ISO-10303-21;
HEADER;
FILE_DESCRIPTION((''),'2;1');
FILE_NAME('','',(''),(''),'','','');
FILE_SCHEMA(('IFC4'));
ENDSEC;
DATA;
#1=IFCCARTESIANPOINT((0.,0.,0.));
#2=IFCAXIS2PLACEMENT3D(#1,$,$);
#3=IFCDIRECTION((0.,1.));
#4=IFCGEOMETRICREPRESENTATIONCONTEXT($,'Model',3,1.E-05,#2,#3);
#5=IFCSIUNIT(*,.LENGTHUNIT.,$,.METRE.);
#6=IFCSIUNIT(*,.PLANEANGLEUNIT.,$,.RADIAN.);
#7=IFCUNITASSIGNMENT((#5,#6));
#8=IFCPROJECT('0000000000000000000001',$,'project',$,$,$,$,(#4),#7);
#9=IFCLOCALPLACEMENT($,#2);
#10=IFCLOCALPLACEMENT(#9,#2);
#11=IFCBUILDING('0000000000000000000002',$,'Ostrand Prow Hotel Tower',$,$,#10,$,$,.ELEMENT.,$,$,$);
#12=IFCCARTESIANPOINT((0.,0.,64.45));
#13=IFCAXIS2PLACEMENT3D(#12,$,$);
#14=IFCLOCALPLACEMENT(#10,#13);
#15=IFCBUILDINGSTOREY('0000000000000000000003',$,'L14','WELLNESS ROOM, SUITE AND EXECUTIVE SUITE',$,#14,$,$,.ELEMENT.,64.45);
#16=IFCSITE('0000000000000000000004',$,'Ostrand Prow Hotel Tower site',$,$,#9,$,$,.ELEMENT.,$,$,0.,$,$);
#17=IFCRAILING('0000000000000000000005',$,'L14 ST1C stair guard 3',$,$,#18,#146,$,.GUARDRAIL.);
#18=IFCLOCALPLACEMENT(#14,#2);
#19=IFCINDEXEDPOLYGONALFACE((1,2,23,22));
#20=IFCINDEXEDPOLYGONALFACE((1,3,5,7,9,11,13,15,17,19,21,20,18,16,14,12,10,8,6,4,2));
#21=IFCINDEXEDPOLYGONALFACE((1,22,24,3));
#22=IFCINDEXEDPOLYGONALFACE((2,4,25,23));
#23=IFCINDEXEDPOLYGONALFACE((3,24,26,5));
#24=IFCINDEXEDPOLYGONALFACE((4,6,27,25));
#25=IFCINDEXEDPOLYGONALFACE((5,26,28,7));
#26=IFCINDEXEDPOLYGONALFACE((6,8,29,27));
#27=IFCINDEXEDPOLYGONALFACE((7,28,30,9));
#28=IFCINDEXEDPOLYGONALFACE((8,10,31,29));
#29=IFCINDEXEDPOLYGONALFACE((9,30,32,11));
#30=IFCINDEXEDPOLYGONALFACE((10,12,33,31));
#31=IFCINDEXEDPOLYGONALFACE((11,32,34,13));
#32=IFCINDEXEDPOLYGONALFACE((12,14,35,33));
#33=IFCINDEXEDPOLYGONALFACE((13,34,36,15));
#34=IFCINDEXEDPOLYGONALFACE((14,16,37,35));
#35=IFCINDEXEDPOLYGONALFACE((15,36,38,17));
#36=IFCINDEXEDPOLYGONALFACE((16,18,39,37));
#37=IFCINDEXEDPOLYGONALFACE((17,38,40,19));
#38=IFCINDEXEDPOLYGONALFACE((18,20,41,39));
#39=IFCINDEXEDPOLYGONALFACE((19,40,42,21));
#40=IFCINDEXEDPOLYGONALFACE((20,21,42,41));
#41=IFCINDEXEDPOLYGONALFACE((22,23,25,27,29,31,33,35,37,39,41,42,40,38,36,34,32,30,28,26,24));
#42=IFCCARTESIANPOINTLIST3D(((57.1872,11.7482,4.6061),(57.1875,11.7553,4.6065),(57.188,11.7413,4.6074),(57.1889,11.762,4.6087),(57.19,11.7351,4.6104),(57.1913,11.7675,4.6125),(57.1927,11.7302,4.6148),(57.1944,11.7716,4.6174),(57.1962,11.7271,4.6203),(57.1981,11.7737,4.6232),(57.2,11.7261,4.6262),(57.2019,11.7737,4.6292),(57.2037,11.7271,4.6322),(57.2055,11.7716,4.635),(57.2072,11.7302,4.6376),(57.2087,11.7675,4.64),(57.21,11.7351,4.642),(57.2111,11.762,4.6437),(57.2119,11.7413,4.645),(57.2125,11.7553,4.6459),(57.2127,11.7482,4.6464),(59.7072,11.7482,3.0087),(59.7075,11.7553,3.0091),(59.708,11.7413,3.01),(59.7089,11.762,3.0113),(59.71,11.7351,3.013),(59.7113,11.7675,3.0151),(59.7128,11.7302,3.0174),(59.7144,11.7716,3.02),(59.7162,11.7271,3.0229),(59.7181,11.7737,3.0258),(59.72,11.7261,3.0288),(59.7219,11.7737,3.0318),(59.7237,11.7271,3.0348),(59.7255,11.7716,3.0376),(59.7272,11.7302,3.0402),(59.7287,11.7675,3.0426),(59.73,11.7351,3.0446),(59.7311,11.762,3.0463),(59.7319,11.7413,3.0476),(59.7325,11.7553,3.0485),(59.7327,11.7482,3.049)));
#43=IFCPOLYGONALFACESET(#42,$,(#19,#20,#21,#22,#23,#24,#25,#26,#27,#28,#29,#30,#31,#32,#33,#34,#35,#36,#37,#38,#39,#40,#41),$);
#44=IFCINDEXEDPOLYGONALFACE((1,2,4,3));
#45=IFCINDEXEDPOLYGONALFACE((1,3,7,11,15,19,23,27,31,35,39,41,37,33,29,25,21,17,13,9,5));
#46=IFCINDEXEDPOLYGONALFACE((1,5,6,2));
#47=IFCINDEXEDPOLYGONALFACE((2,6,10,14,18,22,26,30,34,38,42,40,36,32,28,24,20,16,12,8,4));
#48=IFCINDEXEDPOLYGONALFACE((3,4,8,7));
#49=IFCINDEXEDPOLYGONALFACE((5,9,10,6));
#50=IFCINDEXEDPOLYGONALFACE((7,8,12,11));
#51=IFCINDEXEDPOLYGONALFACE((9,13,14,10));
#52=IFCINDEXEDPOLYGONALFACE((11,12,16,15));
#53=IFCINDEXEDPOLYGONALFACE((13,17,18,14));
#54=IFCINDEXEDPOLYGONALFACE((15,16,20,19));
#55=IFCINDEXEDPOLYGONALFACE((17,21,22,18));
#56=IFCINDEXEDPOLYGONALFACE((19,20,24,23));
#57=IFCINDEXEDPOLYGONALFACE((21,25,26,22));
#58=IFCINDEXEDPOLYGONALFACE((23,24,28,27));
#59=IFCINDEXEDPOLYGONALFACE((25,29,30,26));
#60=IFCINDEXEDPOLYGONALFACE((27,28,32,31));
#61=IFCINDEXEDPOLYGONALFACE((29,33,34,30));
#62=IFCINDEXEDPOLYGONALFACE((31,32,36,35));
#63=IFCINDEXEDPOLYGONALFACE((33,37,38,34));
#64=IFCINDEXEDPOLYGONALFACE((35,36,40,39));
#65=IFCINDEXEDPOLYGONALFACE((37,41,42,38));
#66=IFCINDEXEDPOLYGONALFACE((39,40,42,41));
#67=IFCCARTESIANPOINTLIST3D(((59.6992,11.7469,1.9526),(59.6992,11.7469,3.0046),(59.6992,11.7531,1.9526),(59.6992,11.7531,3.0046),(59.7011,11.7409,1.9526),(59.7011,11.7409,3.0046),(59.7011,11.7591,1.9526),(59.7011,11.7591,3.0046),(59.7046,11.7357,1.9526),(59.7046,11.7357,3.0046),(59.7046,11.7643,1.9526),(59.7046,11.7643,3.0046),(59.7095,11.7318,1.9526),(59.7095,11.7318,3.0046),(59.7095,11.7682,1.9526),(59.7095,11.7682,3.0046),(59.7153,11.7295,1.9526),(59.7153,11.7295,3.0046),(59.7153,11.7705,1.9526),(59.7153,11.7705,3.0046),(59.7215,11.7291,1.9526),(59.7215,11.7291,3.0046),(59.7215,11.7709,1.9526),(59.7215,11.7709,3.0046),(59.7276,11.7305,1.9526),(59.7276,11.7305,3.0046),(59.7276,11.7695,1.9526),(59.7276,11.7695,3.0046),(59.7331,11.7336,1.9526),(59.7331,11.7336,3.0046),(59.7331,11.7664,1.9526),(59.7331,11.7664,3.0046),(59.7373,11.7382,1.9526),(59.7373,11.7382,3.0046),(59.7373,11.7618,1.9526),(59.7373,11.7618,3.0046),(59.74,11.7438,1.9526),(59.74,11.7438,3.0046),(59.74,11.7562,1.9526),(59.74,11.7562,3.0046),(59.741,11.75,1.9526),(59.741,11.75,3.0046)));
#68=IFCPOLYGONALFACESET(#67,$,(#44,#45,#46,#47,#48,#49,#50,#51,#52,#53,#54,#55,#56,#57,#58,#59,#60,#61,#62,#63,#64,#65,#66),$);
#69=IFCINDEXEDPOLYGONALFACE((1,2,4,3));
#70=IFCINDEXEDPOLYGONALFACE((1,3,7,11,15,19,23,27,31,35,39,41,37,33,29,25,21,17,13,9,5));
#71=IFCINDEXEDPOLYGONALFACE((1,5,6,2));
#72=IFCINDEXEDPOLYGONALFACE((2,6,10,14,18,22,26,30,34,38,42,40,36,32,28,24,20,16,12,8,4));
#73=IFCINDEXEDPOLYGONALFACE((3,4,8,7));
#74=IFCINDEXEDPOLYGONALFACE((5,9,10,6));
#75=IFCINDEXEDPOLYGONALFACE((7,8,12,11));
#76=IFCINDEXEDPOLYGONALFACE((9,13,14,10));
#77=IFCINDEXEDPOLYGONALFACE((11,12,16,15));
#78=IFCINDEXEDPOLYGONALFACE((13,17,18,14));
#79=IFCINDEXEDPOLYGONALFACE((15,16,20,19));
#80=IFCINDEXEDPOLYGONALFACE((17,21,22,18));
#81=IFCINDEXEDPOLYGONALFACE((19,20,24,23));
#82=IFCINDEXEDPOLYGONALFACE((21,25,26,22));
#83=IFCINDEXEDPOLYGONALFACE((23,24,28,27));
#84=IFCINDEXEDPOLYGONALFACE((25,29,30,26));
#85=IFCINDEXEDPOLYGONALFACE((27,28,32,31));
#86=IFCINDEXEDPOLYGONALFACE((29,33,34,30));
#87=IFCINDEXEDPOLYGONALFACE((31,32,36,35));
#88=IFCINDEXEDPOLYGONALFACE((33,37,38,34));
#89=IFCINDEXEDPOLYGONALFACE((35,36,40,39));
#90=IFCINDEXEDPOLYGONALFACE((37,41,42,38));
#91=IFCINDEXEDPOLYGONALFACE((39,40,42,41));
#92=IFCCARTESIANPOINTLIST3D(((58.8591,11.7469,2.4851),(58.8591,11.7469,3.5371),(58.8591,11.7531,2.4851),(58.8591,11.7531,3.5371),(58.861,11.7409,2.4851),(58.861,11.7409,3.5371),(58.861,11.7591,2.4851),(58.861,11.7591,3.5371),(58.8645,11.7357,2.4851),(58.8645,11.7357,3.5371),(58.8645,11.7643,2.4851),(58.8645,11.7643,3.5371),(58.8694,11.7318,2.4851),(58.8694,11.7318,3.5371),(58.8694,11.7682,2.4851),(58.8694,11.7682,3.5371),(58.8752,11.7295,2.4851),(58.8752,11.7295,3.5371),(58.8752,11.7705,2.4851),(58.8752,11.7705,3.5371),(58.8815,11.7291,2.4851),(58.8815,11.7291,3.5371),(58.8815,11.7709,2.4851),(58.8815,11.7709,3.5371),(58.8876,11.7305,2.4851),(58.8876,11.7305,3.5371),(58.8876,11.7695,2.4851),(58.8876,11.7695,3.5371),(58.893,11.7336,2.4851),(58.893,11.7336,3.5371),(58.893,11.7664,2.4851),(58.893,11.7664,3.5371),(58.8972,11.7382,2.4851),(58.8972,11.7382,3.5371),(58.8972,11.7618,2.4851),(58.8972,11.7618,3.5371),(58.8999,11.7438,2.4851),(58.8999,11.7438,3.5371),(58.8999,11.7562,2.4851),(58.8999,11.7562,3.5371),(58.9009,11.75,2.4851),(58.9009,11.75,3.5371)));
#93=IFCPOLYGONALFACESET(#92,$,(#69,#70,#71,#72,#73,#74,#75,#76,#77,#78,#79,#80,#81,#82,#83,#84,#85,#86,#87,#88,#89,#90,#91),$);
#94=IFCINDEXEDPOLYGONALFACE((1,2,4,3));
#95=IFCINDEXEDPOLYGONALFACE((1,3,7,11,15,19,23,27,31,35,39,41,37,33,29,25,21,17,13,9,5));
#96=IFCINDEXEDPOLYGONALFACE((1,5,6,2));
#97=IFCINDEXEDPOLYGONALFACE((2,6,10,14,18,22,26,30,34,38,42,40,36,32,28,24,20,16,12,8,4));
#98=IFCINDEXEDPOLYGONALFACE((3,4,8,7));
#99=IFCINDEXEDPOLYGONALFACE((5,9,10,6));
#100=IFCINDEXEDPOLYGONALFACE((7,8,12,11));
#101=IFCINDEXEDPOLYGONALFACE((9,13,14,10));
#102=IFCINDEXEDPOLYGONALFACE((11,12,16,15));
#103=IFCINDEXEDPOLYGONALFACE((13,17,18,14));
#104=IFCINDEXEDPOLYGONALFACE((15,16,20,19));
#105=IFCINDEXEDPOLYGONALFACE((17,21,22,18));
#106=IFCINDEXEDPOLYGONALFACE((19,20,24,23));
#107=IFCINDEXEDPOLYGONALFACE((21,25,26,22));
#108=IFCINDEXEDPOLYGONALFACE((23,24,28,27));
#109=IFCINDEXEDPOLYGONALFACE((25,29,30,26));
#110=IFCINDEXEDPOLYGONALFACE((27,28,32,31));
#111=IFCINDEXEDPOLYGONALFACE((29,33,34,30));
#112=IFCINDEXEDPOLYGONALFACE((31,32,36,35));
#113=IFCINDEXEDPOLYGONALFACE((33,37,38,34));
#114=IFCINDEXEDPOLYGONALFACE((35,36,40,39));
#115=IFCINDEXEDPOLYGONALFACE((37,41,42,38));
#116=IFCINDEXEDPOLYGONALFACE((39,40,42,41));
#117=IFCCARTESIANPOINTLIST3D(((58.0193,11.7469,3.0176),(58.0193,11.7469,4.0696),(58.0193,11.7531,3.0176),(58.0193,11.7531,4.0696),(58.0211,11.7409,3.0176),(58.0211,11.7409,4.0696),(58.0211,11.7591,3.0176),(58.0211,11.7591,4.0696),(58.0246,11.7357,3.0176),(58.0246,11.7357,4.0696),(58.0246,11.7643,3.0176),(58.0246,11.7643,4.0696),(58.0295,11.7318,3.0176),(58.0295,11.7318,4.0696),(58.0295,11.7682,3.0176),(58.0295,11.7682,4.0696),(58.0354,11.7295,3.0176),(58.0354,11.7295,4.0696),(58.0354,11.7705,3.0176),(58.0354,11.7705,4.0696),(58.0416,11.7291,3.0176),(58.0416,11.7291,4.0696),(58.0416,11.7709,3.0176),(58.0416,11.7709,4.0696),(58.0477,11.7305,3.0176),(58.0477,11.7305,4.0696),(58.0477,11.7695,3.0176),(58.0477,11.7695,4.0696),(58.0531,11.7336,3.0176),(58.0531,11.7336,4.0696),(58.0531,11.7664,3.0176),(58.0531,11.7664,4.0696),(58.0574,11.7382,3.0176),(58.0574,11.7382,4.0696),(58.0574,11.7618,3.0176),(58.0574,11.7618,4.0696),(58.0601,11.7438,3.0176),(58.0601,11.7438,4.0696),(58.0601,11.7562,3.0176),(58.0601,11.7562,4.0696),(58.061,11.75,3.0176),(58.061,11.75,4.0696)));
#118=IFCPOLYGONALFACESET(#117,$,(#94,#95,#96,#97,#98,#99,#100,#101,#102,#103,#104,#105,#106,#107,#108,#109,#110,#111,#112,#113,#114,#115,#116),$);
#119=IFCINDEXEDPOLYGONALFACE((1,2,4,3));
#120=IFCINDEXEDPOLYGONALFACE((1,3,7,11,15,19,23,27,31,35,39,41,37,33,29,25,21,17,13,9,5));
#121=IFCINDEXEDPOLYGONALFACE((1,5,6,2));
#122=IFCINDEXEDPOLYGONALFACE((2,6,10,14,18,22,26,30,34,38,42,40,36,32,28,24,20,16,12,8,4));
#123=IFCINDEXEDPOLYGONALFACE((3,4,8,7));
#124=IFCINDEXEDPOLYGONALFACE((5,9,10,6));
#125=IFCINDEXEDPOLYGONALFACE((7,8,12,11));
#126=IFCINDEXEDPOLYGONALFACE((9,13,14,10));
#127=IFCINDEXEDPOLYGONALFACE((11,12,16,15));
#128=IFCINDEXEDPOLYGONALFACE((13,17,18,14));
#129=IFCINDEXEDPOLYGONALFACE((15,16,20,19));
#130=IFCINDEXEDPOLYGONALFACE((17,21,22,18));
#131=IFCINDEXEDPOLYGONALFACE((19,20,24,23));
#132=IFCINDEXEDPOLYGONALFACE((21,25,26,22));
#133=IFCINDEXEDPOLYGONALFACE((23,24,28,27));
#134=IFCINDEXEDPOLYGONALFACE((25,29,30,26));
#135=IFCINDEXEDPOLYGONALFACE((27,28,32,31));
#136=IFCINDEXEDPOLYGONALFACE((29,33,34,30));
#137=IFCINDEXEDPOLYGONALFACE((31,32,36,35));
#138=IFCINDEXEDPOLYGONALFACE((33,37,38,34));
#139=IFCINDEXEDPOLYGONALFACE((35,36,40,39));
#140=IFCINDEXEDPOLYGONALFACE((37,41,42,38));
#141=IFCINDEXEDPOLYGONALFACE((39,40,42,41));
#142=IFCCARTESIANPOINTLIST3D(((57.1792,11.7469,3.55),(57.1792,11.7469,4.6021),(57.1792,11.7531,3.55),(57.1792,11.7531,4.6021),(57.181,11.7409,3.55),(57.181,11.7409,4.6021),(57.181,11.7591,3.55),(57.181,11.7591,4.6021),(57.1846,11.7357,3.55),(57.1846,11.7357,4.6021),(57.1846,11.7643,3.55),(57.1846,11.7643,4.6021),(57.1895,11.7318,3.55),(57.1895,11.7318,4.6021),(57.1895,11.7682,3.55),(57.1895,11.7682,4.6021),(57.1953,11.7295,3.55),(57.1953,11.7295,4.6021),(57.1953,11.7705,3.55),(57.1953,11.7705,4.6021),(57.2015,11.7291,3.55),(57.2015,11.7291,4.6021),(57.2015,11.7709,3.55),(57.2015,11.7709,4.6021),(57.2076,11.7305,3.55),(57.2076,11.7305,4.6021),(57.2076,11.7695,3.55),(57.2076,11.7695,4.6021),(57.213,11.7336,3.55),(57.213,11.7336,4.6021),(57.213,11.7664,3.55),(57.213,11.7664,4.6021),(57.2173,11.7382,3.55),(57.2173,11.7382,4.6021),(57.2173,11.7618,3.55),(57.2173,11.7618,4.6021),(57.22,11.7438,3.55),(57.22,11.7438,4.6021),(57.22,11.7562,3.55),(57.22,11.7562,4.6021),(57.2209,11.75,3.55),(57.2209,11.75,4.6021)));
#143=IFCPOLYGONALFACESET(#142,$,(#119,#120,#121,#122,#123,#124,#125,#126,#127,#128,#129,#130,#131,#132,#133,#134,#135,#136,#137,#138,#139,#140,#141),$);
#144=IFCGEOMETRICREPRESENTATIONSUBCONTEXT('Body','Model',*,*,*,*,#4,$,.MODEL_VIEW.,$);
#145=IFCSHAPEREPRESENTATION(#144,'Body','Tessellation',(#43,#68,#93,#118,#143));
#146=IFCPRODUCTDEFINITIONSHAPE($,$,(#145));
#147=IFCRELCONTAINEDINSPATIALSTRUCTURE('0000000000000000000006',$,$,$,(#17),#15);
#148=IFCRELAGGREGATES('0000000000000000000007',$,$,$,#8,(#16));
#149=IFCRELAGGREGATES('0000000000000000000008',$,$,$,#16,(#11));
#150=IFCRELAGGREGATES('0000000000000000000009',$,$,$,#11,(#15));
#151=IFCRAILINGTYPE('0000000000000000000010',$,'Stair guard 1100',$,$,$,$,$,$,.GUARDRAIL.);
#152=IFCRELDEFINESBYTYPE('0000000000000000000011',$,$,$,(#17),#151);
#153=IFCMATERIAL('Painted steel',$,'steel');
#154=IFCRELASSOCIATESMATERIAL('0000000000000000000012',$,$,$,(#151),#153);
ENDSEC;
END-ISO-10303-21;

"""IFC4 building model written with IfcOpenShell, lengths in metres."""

from ifc_helpers import new_model, si_unit, direction, frame, origin, origin_2d, place, context, subcontext, project, spatial, circle, extrude, material, type_object, element, save


model = new_model("IFC4")

# Units and contexts
model_context = context("Model", 3, precision=1e-05, world=origin(), true_north=direction((0.0, 1.0)))
body_context = subcontext(model_context, "Body", "Model", "MODEL_VIEW")
ifc_project = project(units=[si_unit("LENGTHUNIT", "METRE"), si_unit("PLANEANGLEUNIT", "RADIAN")], contexts=[model_context])

# Site, building, storey
site_placement = place(None, origin())
site = spatial("IfcSite", under=ifc_project, at=site_placement, Name="Ostrand Prow Hotel Tower site", CompositionType="ELEMENT", RefElevation=0.0)
building_placement = place(site_placement, origin())
building = spatial("IfcBuilding", under=site, at=building_placement, Name="Ostrand Prow Hotel Tower", CompositionType="ELEMENT")
storey_placement = place(building_placement, frame((0.0, 0.0, 64.45)))
storey = spatial("IfcBuildingStorey", under=building, at=storey_placement, Name="L14", Description="WELLNESS ROOM, SUITE AND EXECUTIVE SUITE", CompositionType="ELEMENT", Elevation=64.45)

# Railing
ifc_material_1 = material(Name="Painted steel", Category="steel")
railing_type_1 = type_object("IfcRailingType", Name="Stair guard 1100", PredefinedType="GUARDRAIL", material=ifc_material_1)
railing_1_placement = place(storey_placement, frame((59.72, 11.75, 1.9526)))
element("IfcRailing", 1, at=railing_1_placement, inside=storey, type_object=railing_type_1, Name="L14 ST1C stair guard 3", PredefinedType="GUARDRAIL", context=body_context, shape_type="SweptSolid", body=[
    extrude(circle(Radius=0.0239, at=origin_2d()), frame((0.0, 0.0, 1.0762), z_axis=(-0.844607, 0.0, 0.535387), x_axis=(0.0, -1.0, 0.0)), (0.0, 0.0, 1.0), 2.9836),
    extrude(circle(Radius=0.021, at=origin_2d()), origin(), (0.0, 0.0, 1.0), 1.052),
    extrude(circle(Radius=0.021, at=origin_2d()), frame((-0.8401, 0.0, 0.5325)), (0.0, 0.0, 1.0), 1.052),
    extrude(circle(Radius=0.021, at=origin_2d()), frame((-1.6799, 0.0, 1.0649)), (0.0, 0.0, 1.0), 1.052),
    extrude(circle(Radius=0.021, at=origin_2d()), frame((-2.52, 0.0, 1.5974)), (0.0, 0.0, 1.0), 1.052),
])

save(model, "model.ifc")
